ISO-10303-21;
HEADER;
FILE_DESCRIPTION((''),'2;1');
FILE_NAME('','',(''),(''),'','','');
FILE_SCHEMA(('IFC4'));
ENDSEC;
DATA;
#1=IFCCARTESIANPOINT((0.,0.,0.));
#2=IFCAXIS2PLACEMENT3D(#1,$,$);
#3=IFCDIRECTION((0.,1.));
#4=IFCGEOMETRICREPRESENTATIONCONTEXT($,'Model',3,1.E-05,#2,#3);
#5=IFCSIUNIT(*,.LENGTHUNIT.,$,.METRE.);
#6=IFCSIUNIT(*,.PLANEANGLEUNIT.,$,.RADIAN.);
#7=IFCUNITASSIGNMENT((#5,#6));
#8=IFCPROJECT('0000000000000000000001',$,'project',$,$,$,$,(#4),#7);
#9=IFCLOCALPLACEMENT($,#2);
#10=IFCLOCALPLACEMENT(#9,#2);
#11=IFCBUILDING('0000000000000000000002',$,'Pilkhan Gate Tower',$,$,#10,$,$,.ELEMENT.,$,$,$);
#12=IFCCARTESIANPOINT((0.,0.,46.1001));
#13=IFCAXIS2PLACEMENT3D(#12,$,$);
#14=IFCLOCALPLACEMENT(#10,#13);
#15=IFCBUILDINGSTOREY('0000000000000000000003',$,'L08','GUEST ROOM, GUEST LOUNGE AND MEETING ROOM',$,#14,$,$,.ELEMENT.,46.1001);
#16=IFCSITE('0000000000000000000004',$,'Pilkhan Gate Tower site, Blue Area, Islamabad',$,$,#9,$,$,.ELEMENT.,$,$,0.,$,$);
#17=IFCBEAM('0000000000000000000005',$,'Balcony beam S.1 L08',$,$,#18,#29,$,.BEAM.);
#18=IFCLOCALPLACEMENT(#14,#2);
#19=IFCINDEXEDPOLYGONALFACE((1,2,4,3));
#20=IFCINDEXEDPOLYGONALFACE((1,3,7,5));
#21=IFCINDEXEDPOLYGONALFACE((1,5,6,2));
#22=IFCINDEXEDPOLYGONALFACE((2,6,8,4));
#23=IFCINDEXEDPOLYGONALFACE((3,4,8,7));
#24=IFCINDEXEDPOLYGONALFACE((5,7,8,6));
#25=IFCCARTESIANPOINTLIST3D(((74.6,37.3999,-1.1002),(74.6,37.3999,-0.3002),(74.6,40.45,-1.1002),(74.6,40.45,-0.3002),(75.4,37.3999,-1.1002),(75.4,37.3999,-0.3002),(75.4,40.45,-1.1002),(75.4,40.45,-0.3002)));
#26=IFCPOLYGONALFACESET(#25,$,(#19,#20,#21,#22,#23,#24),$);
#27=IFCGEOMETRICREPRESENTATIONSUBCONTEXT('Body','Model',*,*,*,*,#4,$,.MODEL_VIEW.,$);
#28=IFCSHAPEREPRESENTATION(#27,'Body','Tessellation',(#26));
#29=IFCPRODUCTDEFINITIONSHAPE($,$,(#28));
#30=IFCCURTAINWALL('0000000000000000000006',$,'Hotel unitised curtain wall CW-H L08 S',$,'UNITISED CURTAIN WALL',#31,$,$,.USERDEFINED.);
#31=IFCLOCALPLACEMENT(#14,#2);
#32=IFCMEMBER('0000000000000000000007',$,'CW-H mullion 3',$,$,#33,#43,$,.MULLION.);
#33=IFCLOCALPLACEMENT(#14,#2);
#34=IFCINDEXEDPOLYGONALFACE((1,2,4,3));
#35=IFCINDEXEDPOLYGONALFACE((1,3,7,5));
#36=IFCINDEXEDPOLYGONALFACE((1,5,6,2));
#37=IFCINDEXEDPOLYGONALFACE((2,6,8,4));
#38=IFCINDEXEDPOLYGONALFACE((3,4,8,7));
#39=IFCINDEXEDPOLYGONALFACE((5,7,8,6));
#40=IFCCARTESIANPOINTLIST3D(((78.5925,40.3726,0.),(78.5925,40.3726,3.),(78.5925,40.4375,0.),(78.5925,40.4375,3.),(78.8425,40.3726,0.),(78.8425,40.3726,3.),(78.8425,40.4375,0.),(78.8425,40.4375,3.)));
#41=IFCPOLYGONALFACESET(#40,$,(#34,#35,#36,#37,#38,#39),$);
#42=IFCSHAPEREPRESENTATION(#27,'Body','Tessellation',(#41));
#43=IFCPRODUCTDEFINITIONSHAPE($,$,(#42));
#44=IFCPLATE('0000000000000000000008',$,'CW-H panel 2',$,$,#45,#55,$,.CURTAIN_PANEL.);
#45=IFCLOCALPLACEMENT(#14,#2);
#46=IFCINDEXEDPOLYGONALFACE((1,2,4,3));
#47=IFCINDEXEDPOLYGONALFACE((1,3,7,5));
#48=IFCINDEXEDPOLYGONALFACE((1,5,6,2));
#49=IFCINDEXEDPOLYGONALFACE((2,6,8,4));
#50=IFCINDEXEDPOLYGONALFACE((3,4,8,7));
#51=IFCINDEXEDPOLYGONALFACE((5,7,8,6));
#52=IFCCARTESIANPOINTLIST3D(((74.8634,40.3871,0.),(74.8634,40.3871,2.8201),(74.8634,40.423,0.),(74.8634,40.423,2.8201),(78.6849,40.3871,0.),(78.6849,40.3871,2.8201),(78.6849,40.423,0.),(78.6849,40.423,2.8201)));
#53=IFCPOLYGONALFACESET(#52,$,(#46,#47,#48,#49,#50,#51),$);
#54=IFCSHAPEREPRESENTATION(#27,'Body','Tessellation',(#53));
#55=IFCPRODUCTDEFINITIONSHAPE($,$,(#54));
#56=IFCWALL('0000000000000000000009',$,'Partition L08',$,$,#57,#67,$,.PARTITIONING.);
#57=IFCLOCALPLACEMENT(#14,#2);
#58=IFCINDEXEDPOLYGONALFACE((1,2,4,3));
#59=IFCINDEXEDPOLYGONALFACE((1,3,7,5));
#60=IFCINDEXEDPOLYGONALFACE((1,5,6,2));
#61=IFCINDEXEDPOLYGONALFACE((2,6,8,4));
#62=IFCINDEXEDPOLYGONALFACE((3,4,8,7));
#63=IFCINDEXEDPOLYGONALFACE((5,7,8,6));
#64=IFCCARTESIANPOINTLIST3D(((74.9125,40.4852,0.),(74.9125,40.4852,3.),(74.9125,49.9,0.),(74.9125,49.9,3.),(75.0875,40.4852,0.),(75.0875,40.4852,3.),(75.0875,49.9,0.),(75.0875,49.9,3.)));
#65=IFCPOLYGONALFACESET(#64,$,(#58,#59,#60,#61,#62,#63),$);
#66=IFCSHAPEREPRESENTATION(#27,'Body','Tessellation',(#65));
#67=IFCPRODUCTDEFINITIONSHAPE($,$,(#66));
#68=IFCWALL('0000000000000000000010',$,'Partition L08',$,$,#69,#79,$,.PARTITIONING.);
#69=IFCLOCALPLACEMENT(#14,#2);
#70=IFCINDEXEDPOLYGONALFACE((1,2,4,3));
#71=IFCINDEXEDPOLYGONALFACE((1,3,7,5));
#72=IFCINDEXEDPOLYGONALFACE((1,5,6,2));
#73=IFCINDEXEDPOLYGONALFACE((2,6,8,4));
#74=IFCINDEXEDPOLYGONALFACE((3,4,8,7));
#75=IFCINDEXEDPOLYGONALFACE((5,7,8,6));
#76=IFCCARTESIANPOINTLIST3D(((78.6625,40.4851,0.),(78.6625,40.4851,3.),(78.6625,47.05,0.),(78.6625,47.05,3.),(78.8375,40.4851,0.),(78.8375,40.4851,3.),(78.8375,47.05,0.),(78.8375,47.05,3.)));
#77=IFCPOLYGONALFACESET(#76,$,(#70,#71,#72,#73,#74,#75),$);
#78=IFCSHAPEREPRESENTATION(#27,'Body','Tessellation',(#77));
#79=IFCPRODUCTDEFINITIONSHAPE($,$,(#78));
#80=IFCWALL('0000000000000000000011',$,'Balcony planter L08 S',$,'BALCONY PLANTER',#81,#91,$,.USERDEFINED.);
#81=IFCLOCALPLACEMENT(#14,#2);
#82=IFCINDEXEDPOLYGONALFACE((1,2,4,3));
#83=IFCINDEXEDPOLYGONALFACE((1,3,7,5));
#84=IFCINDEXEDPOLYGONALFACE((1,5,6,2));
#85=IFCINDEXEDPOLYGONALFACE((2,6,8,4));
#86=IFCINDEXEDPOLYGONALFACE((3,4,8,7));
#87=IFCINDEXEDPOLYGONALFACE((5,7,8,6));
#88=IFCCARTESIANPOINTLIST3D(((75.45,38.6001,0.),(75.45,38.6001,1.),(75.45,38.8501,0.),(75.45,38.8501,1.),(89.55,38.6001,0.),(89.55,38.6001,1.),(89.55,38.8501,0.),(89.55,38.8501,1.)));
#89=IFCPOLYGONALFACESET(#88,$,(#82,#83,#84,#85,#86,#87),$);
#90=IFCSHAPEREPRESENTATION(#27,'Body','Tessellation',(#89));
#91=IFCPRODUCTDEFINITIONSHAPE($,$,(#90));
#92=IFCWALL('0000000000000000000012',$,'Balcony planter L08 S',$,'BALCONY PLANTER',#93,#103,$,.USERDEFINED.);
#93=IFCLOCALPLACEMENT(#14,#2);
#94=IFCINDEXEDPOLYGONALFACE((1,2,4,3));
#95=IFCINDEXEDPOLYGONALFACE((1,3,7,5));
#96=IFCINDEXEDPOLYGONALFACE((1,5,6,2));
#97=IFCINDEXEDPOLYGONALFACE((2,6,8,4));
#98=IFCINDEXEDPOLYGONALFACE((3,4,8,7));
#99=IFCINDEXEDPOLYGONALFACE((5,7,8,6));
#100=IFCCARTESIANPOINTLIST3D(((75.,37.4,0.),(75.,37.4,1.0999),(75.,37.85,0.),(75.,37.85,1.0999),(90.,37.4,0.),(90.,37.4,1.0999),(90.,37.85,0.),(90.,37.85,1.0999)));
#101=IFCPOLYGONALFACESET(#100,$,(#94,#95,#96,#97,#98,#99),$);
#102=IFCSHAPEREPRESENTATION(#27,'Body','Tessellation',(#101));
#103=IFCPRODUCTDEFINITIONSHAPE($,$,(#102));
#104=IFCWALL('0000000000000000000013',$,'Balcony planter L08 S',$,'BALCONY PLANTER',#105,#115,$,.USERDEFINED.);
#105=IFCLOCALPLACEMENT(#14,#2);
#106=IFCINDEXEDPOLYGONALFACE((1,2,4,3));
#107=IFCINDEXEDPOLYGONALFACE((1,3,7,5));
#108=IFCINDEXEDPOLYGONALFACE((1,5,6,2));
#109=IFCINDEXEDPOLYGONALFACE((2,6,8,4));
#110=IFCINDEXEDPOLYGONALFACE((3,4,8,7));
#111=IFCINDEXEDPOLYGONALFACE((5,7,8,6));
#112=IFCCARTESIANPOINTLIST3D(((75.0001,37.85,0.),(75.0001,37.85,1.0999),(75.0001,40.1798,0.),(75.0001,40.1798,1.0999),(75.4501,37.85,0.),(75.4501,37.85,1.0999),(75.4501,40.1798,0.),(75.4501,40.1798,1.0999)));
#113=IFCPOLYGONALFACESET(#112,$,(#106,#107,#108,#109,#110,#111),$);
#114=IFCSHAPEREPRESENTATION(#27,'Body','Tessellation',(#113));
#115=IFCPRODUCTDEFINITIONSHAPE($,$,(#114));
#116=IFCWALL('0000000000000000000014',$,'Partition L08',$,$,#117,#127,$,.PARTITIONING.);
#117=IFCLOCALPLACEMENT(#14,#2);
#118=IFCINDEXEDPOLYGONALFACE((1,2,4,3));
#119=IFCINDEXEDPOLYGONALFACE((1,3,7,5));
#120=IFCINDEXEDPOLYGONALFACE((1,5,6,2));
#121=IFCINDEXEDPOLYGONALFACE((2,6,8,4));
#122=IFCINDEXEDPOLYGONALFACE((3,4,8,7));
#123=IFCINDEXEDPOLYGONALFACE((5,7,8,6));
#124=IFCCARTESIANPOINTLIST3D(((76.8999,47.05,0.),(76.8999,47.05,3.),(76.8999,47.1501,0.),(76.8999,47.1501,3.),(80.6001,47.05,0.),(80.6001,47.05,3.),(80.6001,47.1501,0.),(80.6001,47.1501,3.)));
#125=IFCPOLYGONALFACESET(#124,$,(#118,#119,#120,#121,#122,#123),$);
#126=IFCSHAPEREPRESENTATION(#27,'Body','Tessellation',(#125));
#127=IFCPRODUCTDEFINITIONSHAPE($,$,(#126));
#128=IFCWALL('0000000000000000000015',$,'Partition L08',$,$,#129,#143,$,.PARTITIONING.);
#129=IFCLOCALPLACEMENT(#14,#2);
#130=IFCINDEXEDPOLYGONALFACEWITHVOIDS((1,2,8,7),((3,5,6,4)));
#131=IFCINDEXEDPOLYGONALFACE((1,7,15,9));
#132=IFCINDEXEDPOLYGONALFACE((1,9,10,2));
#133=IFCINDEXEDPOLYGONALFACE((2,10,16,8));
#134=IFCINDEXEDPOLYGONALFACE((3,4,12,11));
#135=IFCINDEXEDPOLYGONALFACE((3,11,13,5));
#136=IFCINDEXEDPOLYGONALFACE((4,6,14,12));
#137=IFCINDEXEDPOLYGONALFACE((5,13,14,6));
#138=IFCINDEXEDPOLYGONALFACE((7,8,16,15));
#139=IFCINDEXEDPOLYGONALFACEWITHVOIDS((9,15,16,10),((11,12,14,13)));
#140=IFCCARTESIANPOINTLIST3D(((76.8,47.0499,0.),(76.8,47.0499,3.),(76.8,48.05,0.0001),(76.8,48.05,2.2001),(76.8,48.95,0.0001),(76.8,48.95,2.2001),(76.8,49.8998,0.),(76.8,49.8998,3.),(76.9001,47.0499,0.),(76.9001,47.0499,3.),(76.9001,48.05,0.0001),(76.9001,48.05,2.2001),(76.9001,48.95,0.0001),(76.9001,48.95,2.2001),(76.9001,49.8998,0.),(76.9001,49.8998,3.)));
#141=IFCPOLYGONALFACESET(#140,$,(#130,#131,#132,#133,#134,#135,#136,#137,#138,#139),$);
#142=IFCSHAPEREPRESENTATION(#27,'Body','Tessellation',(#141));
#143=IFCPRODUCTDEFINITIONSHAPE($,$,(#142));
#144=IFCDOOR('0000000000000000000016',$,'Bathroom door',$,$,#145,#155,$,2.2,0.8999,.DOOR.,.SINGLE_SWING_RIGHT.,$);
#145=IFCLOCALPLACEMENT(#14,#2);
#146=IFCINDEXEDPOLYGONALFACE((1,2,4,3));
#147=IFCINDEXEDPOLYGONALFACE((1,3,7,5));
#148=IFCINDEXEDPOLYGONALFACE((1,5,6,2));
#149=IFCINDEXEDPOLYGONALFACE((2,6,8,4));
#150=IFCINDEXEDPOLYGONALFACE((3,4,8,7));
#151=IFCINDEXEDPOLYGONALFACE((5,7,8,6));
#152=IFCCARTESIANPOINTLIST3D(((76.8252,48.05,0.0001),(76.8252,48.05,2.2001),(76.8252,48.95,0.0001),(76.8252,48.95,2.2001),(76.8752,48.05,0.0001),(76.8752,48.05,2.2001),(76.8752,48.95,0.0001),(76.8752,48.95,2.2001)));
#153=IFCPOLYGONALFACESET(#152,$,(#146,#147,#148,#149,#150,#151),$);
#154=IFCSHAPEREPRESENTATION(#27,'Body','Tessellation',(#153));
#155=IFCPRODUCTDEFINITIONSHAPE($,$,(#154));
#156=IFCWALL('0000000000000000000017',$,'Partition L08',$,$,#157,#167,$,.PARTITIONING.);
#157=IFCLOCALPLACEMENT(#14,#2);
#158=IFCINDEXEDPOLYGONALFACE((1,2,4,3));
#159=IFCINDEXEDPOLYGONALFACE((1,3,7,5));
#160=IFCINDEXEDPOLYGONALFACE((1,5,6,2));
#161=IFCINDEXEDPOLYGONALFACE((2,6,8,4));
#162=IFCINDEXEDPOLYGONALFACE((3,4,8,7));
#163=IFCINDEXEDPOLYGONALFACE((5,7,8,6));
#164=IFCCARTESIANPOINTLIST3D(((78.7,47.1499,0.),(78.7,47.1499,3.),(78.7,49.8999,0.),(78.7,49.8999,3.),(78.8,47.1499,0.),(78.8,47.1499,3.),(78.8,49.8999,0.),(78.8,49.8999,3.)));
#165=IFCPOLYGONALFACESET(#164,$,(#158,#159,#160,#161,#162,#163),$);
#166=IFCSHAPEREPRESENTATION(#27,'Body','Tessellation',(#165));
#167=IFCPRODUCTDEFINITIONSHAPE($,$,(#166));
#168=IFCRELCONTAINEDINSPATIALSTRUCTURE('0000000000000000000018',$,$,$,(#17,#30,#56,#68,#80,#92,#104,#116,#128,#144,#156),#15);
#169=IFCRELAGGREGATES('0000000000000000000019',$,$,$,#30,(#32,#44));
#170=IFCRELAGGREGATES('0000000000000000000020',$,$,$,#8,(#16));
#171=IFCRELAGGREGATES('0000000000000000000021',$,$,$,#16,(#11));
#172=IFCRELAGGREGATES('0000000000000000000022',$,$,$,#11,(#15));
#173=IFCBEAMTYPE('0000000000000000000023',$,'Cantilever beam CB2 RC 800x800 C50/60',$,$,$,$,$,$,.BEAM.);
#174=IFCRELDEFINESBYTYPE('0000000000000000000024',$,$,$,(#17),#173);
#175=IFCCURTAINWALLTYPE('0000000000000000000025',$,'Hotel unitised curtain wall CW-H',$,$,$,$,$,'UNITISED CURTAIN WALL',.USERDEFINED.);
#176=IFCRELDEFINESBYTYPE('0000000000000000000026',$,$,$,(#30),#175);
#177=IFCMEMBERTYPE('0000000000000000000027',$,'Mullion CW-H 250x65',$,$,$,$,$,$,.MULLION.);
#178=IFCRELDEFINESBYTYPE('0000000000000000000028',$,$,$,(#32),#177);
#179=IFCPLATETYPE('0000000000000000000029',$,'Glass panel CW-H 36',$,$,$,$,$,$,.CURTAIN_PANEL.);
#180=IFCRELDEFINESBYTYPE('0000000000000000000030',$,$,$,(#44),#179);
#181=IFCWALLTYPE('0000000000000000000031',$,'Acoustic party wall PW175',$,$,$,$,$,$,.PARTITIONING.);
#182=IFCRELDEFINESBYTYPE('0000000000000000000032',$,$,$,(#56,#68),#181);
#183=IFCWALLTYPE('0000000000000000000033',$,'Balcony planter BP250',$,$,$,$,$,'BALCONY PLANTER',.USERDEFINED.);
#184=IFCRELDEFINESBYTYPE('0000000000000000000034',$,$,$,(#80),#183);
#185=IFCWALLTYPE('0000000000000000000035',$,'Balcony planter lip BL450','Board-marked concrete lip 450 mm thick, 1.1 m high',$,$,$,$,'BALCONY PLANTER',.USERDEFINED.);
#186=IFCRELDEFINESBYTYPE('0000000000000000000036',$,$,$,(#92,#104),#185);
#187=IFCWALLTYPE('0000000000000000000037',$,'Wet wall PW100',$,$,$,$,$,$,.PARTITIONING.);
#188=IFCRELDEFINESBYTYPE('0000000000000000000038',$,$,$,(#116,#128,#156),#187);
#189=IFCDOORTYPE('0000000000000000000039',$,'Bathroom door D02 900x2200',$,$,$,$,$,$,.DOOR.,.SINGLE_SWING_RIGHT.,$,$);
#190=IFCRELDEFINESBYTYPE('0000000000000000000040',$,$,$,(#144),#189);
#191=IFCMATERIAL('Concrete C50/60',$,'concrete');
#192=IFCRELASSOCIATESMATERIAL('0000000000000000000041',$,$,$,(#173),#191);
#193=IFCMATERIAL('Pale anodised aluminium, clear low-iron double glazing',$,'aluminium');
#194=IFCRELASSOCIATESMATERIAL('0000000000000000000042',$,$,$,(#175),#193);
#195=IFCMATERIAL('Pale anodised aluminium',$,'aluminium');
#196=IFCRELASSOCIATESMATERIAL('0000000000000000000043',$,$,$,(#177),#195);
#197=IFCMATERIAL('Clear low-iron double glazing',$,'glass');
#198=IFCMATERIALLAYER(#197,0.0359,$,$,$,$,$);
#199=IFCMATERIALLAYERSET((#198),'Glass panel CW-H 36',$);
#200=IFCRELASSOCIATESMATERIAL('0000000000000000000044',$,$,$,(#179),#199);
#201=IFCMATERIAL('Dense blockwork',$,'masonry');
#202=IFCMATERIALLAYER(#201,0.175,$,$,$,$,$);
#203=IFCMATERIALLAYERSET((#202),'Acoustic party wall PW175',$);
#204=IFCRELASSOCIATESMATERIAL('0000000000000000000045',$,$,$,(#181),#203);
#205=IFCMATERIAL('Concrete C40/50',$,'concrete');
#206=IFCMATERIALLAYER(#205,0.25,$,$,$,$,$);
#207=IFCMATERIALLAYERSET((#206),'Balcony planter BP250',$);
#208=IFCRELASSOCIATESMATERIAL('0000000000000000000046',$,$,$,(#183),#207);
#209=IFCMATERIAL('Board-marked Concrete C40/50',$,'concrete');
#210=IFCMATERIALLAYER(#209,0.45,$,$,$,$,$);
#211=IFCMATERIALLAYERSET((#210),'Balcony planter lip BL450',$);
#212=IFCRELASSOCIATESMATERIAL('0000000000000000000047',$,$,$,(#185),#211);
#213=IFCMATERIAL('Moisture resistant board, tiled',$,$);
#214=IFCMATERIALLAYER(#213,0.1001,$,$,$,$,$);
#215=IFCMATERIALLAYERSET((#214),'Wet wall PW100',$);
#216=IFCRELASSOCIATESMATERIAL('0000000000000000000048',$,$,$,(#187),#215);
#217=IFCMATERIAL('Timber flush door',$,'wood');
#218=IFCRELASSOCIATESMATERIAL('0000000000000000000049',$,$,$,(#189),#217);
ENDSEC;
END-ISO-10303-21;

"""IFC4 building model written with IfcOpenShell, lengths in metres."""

from ifc_helpers import new_model, si_unit, direction, frame, frame_2d, origin, origin_2d, place, context, subcontext, project, spatial, rectangle, extrude, material, layer, layer_set, material_profile, profile_set, type_object, element, fill, aggregate, save


model = new_model("IFC4")

# Units and contexts
model_context = context("Model", 3, precision=1e-05, world=origin(), true_north=direction((0.0, 1.0)))
body_context = subcontext(model_context, "Body", "Model", "MODEL_VIEW")
ifc_project = project(units=[si_unit("LENGTHUNIT", "METRE"), si_unit("PLANEANGLEUNIT", "RADIAN")], contexts=[model_context])

# Site, building, storey
site_placement = place(None, origin())
site = spatial("IfcSite", under=ifc_project, at=site_placement, Name="Pilkhan Gate Tower site, Blue Area, Islamabad", CompositionType="ELEMENT", RefElevation=0.0)
building_placement = place(site_placement, origin())
building = spatial("IfcBuilding", under=site, at=building_placement, Name="Pilkhan Gate Tower", CompositionType="ELEMENT")
storey_placement = place(building_placement, frame((0.0, 0.0, 46.1001)))
storey = spatial("IfcBuildingStorey", under=building, at=storey_placement, Name="L08", Description="GUEST ROOM, GUEST LOUNGE AND MEETING ROOM", CompositionType="ELEMENT", Elevation=46.1001)

# Beam
ifc_material_1 = material(Name="Concrete C50/60", Category="concrete")
ifc_material_profile_1 = material_profile(ifc_material_1, rectangle(XDim=0.8, YDim=0.8, at=origin_2d()), Name="RC 800x800")
ifc_profile_set_1 = profile_set([ifc_material_profile_1], Name="Concrete C50/60")
beam_type = type_object("IfcBeamType", Name="Cantilever beam CB2 RC 800x800 C50/60", PredefinedType="BEAM", material=ifc_profile_set_1)
beam_placement = place(storey_placement, frame((75.0, 40.45, -0.7002), z_axis=(0.0, -1.0, 0.0), x_axis=(1.0, 0.0, 0.0)))
element("IfcBeam", 1, at=beam_placement, inside=storey, type_object=beam_type, Name="Balcony beam S.1 L08", PredefinedType="BEAM", context=body_context, shape_type="SweptSolid", body=[
    extrude(rectangle(XDim=0.8, YDim=0.8, at=origin_2d()), origin(), (0.0, 0.0, 1.0), 3.05),
])

# Curtain wall, member, plate
ifc_material_2 = material(Name="Pale anodised aluminium, clear low-iron double glazing", Category="aluminium")
curtain_wall_type = type_object("IfcCurtainWallType", Name="Hotel unitised curtain wall CW-H", ElementType="UNITISED CURTAIN WALL", PredefinedType="USERDEFINED", material=ifc_material_2)
curtain_wall_placement = place(storey_placement, origin())
curtain_wall = element("IfcCurtainWall", 2, at=curtain_wall_placement, inside=storey, type_object=curtain_wall_type, Name="Hotel unitised curtain wall CW-H L08 S", ObjectType="UNITISED CURTAIN WALL", PredefinedType="USERDEFINED")
ifc_material_3 = material(Name="Pale anodised aluminium", Category="aluminium")
ifc_material_profile_2 = material_profile(ifc_material_3, rectangle(XDim=0.0649, YDim=0.25, at=origin_2d()), Name="Mullion 250x65")
ifc_profile_set_2 = profile_set([ifc_material_profile_2], Name="Pale anodised aluminium")
member_type = type_object("IfcMemberType", Name="Mullion CW-H 250x65", PredefinedType="MULLION", material=ifc_profile_set_2)
member_placement = place(storey_placement, frame((78.7175, 40.405, 0.0), z_axis=(0.0, 0.0, 1.0), x_axis=(0.0, 1.0, 0.0)))
member = element("IfcMember", 3, at=member_placement, type_object=member_type, Name="CW-H mullion 3", PredefinedType="MULLION", context=body_context, shape_type="SweptSolid", body=[
    extrude(rectangle(XDim=0.0649, YDim=0.25, at=origin_2d()), origin(), (0.0, 0.0, 1.0), 3.0),
])
ifc_material_4 = material(Name="Clear low-iron double glazing", Category="glass")
ifc_layer_1 = layer(ifc_material_4, 0.0359)
ifc_layer_set_1 = layer_set([ifc_layer_1], Name="Glass panel CW-H 36")
plate_type = type_object("IfcPlateType", Name="Glass panel CW-H 36", PredefinedType="CURTAIN_PANEL", material=ifc_layer_set_1)
plate_placement = place(storey_placement, frame((76.7742, 40.405, 0.0), z_axis=(0.0, 0.0, 1.0), x_axis=(1.0, 0.0, 0.0)))
plate = element("IfcPlate", 4, at=plate_placement, type_object=plate_type, Name="CW-H panel 2", PredefinedType="CURTAIN_PANEL", context=body_context, shape_type="SweptSolid", body=[
    extrude(rectangle(XDim=3.8215, YDim=0.0359, at=origin_2d()), origin(), (0.0, 0.0, 1.0), 2.8201),
])
aggregate(curtain_wall, [member, plate])

# Walls
ifc_material_5 = material(Name="Dense blockwork", Category="masonry")
ifc_layer_2 = layer(ifc_material_5, 0.175)
ifc_layer_set_2 = layer_set([ifc_layer_2], Name="Acoustic party wall PW175")
wall_type_1 = type_object("IfcWallType", Name="Acoustic party wall PW175", PredefinedType="PARTITIONING", material=ifc_layer_set_2)
wall_1_placement = place(storey_placement, frame((75.0, 40.4851, 0.0), z_axis=(0.0, 0.0, 1.0), x_axis=(0.0, 1.0, 0.0)))
element("IfcWall", 5, at=wall_1_placement, inside=storey, type_object=wall_type_1, Name="Partition L08", PredefinedType="PARTITIONING", context=body_context, shape_type="SweptSolid", body=[
    extrude(rectangle(XDim=9.4148, YDim=0.175, at=frame_2d((4.7075, 0.0))), origin(), (0.0, 0.0, 1.0), 3.0),
])
wall_2_placement = place(storey_placement, frame((78.75, 40.4851, 0.0), z_axis=(0.0, 0.0, 1.0), x_axis=(0.0, 1.0, 0.0)))
element("IfcWall", 6, at=wall_2_placement, inside=storey, type_object=wall_type_1, Name="Partition L08", PredefinedType="PARTITIONING", context=body_context, shape_type="SweptSolid", body=[
    extrude(rectangle(XDim=6.5649, YDim=0.175, at=frame_2d((3.2825, 0.0))), origin(), (0.0, 0.0, 1.0), 3.0),
])
ifc_material_6 = material(Name="Concrete C40/50", Category="concrete")
ifc_layer_3 = layer(ifc_material_6, 0.25)
ifc_layer_set_3 = layer_set([ifc_layer_3], Name="Balcony planter BP250")
wall_type_2 = type_object("IfcWallType", Name="Balcony planter BP250", ElementType="BALCONY PLANTER", PredefinedType="USERDEFINED", material=ifc_layer_set_3)
wall_3_placement = place(storey_placement, frame((75.45, 38.7251, 0.0), z_axis=(0.0, 0.0, 1.0), x_axis=(1.0, 0.0, 0.0)))
element("IfcWall", 7, at=wall_3_placement, inside=storey, type_object=wall_type_2, Name="Balcony planter L08 S", ObjectType="BALCONY PLANTER", PredefinedType="USERDEFINED", context=body_context, shape_type="SweptSolid", body=[
    extrude(rectangle(XDim=14.1001, YDim=0.25, at=frame_2d((7.05, 0.0))), origin(), (0.0, 0.0, 1.0), 1.0),
])
ifc_material_7 = material(Name="Board-marked Concrete C40/50", Category="concrete")
ifc_layer_4 = layer(ifc_material_7, 0.45)
ifc_layer_set_4 = layer_set([ifc_layer_4], Name="Balcony planter lip BL450")
wall_type_3 = type_object("IfcWallType", Name="Balcony planter lip BL450", Description="Board-marked concrete lip 450 mm thick, 1.1 m high", ElementType="BALCONY PLANTER", PredefinedType="USERDEFINED", material=ifc_layer_set_4)
wall_4_placement = place(storey_placement, frame((75.0, 37.625, 0.0), z_axis=(0.0, 0.0, 1.0), x_axis=(1.0, 0.0, 0.0)))
element("IfcWall", 8, at=wall_4_placement, inside=storey, type_object=wall_type_3, Name="Balcony planter L08 S", ObjectType="BALCONY PLANTER", PredefinedType="USERDEFINED", context=body_context, shape_type="SweptSolid", body=[
    extrude(rectangle(XDim=15.0, YDim=0.45, at=frame_2d((7.5, 0.0))), origin(), (0.0, 0.0, 1.0), 1.0999),
])
wall_5_placement = place(storey_placement, frame((75.2251, 40.1799, 0.0), z_axis=(0.0, 0.0, 1.0), x_axis=(0.0, -1.0, 0.0)))
element("IfcWall", 9, at=wall_5_placement, inside=storey, type_object=wall_type_3, Name="Balcony planter L08 S", ObjectType="BALCONY PLANTER", PredefinedType="USERDEFINED", context=body_context, shape_type="SweptSolid", body=[
    extrude(rectangle(XDim=2.3298, YDim=0.45, at=frame_2d((1.165, 0.0))), origin(), (0.0, 0.0, 1.0), 1.0999),
])

# Wall
ifc_material_8 = material(Name="Moisture resistant board, tiled")
ifc_layer_5 = layer(ifc_material_8, 0.1001)
ifc_layer_set_5 = layer_set([ifc_layer_5], Name="Wet wall PW100")
wall_type_4 = type_object("IfcWallType", Name="Wet wall PW100", PredefinedType="PARTITIONING", material=ifc_layer_set_5)
wall_6_placement = place(storey_placement, frame((76.8999, 47.1001, 0.0), z_axis=(0.0, 0.0, 1.0), x_axis=(1.0, 0.0, 0.0)))
element("IfcWall", 10, at=wall_6_placement, inside=storey, type_object=wall_type_4, Name="Partition L08", PredefinedType="PARTITIONING", context=body_context, shape_type="SweptSolid", body=[
    extrude(rectangle(XDim=3.7002, YDim=0.1001, at=frame_2d((1.8501, 0.0))), origin(), (0.0, 0.0, 1.0), 3.0),
])

# Wall, opening, door
wall_7_placement = place(storey_placement, frame((76.8501, 47.05, 0.0), z_axis=(0.0, 0.0, 1.0), x_axis=(0.0, 1.0, 0.0)))
wall_7 = element("IfcWall", 11, at=wall_7_placement, inside=storey, type_object=wall_type_4, Name="Partition L08", PredefinedType="PARTITIONING", context=body_context, shape_type="SweptSolid", body=[
    extrude(rectangle(XDim=2.8499, YDim=0.1001, at=frame_2d((1.4248, 0.0))), origin(), (0.0, 0.0, 1.0), 3.0),
])
opening_1_placement = place(wall_7_placement, frame((1.0, 0.0, 0.0)))
opening_1 = element("IfcOpeningElement", 12, at=opening_1_placement, cuts=wall_7, PredefinedType="OPENING", context=body_context, shape_type="SweptSolid", body=[
    extrude(rectangle(XDim=0.8999, YDim=2.2, at=frame_2d((0.45, 1.1001))), frame((0.0, 0.0601, 0.0), z_axis=(0.0, -1.0, 0.0), x_axis=(1.0, 0.0, 0.0)), (0.0, 0.0, 1.0), 0.1201),
])
ifc_material_9 = material(Name="Timber flush door", Category="wood")
door_type_1 = type_object("IfcDoorType", Name="Bathroom door D02 900x2200", OperationType="SINGLE_SWING_RIGHT", PredefinedType="DOOR", material=ifc_material_9)
door_1_placement = place(opening_1_placement, origin())
door_1 = element("IfcDoor", 13, at=door_1_placement, inside=storey, type_object=door_type_1, Name="Bathroom door", OperationType="SINGLE_SWING_RIGHT", OverallHeight=2.2, OverallWidth=0.8999, PredefinedType="DOOR", context=body_context, shape_type="SweptSolid", body=[
    extrude(rectangle(XDim=0.8999, YDim=2.2, at=frame_2d((0.45, 1.1001))), frame((0.0, 0.0249, 0.0), z_axis=(0.0, -1.0, 0.0), x_axis=(1.0, 0.0, 0.0)), (0.0, 0.0, 1.0), 0.05),
])
fill(opening_1, door_1)

# Wall
wall_8_placement = place(storey_placement, frame((78.75, 47.1499, 0.0), z_axis=(0.0, 0.0, 1.0), x_axis=(0.0, 1.0, 0.0)))
element("IfcWall", 14, at=wall_8_placement, inside=storey, type_object=wall_type_4, Name="Partition L08", PredefinedType="PARTITIONING", context=body_context, shape_type="SweptSolid", body=[
    extrude(rectangle(XDim=2.75, YDim=0.1001, at=frame_2d((1.375, 0.0))), origin(), (0.0, 0.0, 1.0), 3.0),
])

save(model, "model.ifc")
